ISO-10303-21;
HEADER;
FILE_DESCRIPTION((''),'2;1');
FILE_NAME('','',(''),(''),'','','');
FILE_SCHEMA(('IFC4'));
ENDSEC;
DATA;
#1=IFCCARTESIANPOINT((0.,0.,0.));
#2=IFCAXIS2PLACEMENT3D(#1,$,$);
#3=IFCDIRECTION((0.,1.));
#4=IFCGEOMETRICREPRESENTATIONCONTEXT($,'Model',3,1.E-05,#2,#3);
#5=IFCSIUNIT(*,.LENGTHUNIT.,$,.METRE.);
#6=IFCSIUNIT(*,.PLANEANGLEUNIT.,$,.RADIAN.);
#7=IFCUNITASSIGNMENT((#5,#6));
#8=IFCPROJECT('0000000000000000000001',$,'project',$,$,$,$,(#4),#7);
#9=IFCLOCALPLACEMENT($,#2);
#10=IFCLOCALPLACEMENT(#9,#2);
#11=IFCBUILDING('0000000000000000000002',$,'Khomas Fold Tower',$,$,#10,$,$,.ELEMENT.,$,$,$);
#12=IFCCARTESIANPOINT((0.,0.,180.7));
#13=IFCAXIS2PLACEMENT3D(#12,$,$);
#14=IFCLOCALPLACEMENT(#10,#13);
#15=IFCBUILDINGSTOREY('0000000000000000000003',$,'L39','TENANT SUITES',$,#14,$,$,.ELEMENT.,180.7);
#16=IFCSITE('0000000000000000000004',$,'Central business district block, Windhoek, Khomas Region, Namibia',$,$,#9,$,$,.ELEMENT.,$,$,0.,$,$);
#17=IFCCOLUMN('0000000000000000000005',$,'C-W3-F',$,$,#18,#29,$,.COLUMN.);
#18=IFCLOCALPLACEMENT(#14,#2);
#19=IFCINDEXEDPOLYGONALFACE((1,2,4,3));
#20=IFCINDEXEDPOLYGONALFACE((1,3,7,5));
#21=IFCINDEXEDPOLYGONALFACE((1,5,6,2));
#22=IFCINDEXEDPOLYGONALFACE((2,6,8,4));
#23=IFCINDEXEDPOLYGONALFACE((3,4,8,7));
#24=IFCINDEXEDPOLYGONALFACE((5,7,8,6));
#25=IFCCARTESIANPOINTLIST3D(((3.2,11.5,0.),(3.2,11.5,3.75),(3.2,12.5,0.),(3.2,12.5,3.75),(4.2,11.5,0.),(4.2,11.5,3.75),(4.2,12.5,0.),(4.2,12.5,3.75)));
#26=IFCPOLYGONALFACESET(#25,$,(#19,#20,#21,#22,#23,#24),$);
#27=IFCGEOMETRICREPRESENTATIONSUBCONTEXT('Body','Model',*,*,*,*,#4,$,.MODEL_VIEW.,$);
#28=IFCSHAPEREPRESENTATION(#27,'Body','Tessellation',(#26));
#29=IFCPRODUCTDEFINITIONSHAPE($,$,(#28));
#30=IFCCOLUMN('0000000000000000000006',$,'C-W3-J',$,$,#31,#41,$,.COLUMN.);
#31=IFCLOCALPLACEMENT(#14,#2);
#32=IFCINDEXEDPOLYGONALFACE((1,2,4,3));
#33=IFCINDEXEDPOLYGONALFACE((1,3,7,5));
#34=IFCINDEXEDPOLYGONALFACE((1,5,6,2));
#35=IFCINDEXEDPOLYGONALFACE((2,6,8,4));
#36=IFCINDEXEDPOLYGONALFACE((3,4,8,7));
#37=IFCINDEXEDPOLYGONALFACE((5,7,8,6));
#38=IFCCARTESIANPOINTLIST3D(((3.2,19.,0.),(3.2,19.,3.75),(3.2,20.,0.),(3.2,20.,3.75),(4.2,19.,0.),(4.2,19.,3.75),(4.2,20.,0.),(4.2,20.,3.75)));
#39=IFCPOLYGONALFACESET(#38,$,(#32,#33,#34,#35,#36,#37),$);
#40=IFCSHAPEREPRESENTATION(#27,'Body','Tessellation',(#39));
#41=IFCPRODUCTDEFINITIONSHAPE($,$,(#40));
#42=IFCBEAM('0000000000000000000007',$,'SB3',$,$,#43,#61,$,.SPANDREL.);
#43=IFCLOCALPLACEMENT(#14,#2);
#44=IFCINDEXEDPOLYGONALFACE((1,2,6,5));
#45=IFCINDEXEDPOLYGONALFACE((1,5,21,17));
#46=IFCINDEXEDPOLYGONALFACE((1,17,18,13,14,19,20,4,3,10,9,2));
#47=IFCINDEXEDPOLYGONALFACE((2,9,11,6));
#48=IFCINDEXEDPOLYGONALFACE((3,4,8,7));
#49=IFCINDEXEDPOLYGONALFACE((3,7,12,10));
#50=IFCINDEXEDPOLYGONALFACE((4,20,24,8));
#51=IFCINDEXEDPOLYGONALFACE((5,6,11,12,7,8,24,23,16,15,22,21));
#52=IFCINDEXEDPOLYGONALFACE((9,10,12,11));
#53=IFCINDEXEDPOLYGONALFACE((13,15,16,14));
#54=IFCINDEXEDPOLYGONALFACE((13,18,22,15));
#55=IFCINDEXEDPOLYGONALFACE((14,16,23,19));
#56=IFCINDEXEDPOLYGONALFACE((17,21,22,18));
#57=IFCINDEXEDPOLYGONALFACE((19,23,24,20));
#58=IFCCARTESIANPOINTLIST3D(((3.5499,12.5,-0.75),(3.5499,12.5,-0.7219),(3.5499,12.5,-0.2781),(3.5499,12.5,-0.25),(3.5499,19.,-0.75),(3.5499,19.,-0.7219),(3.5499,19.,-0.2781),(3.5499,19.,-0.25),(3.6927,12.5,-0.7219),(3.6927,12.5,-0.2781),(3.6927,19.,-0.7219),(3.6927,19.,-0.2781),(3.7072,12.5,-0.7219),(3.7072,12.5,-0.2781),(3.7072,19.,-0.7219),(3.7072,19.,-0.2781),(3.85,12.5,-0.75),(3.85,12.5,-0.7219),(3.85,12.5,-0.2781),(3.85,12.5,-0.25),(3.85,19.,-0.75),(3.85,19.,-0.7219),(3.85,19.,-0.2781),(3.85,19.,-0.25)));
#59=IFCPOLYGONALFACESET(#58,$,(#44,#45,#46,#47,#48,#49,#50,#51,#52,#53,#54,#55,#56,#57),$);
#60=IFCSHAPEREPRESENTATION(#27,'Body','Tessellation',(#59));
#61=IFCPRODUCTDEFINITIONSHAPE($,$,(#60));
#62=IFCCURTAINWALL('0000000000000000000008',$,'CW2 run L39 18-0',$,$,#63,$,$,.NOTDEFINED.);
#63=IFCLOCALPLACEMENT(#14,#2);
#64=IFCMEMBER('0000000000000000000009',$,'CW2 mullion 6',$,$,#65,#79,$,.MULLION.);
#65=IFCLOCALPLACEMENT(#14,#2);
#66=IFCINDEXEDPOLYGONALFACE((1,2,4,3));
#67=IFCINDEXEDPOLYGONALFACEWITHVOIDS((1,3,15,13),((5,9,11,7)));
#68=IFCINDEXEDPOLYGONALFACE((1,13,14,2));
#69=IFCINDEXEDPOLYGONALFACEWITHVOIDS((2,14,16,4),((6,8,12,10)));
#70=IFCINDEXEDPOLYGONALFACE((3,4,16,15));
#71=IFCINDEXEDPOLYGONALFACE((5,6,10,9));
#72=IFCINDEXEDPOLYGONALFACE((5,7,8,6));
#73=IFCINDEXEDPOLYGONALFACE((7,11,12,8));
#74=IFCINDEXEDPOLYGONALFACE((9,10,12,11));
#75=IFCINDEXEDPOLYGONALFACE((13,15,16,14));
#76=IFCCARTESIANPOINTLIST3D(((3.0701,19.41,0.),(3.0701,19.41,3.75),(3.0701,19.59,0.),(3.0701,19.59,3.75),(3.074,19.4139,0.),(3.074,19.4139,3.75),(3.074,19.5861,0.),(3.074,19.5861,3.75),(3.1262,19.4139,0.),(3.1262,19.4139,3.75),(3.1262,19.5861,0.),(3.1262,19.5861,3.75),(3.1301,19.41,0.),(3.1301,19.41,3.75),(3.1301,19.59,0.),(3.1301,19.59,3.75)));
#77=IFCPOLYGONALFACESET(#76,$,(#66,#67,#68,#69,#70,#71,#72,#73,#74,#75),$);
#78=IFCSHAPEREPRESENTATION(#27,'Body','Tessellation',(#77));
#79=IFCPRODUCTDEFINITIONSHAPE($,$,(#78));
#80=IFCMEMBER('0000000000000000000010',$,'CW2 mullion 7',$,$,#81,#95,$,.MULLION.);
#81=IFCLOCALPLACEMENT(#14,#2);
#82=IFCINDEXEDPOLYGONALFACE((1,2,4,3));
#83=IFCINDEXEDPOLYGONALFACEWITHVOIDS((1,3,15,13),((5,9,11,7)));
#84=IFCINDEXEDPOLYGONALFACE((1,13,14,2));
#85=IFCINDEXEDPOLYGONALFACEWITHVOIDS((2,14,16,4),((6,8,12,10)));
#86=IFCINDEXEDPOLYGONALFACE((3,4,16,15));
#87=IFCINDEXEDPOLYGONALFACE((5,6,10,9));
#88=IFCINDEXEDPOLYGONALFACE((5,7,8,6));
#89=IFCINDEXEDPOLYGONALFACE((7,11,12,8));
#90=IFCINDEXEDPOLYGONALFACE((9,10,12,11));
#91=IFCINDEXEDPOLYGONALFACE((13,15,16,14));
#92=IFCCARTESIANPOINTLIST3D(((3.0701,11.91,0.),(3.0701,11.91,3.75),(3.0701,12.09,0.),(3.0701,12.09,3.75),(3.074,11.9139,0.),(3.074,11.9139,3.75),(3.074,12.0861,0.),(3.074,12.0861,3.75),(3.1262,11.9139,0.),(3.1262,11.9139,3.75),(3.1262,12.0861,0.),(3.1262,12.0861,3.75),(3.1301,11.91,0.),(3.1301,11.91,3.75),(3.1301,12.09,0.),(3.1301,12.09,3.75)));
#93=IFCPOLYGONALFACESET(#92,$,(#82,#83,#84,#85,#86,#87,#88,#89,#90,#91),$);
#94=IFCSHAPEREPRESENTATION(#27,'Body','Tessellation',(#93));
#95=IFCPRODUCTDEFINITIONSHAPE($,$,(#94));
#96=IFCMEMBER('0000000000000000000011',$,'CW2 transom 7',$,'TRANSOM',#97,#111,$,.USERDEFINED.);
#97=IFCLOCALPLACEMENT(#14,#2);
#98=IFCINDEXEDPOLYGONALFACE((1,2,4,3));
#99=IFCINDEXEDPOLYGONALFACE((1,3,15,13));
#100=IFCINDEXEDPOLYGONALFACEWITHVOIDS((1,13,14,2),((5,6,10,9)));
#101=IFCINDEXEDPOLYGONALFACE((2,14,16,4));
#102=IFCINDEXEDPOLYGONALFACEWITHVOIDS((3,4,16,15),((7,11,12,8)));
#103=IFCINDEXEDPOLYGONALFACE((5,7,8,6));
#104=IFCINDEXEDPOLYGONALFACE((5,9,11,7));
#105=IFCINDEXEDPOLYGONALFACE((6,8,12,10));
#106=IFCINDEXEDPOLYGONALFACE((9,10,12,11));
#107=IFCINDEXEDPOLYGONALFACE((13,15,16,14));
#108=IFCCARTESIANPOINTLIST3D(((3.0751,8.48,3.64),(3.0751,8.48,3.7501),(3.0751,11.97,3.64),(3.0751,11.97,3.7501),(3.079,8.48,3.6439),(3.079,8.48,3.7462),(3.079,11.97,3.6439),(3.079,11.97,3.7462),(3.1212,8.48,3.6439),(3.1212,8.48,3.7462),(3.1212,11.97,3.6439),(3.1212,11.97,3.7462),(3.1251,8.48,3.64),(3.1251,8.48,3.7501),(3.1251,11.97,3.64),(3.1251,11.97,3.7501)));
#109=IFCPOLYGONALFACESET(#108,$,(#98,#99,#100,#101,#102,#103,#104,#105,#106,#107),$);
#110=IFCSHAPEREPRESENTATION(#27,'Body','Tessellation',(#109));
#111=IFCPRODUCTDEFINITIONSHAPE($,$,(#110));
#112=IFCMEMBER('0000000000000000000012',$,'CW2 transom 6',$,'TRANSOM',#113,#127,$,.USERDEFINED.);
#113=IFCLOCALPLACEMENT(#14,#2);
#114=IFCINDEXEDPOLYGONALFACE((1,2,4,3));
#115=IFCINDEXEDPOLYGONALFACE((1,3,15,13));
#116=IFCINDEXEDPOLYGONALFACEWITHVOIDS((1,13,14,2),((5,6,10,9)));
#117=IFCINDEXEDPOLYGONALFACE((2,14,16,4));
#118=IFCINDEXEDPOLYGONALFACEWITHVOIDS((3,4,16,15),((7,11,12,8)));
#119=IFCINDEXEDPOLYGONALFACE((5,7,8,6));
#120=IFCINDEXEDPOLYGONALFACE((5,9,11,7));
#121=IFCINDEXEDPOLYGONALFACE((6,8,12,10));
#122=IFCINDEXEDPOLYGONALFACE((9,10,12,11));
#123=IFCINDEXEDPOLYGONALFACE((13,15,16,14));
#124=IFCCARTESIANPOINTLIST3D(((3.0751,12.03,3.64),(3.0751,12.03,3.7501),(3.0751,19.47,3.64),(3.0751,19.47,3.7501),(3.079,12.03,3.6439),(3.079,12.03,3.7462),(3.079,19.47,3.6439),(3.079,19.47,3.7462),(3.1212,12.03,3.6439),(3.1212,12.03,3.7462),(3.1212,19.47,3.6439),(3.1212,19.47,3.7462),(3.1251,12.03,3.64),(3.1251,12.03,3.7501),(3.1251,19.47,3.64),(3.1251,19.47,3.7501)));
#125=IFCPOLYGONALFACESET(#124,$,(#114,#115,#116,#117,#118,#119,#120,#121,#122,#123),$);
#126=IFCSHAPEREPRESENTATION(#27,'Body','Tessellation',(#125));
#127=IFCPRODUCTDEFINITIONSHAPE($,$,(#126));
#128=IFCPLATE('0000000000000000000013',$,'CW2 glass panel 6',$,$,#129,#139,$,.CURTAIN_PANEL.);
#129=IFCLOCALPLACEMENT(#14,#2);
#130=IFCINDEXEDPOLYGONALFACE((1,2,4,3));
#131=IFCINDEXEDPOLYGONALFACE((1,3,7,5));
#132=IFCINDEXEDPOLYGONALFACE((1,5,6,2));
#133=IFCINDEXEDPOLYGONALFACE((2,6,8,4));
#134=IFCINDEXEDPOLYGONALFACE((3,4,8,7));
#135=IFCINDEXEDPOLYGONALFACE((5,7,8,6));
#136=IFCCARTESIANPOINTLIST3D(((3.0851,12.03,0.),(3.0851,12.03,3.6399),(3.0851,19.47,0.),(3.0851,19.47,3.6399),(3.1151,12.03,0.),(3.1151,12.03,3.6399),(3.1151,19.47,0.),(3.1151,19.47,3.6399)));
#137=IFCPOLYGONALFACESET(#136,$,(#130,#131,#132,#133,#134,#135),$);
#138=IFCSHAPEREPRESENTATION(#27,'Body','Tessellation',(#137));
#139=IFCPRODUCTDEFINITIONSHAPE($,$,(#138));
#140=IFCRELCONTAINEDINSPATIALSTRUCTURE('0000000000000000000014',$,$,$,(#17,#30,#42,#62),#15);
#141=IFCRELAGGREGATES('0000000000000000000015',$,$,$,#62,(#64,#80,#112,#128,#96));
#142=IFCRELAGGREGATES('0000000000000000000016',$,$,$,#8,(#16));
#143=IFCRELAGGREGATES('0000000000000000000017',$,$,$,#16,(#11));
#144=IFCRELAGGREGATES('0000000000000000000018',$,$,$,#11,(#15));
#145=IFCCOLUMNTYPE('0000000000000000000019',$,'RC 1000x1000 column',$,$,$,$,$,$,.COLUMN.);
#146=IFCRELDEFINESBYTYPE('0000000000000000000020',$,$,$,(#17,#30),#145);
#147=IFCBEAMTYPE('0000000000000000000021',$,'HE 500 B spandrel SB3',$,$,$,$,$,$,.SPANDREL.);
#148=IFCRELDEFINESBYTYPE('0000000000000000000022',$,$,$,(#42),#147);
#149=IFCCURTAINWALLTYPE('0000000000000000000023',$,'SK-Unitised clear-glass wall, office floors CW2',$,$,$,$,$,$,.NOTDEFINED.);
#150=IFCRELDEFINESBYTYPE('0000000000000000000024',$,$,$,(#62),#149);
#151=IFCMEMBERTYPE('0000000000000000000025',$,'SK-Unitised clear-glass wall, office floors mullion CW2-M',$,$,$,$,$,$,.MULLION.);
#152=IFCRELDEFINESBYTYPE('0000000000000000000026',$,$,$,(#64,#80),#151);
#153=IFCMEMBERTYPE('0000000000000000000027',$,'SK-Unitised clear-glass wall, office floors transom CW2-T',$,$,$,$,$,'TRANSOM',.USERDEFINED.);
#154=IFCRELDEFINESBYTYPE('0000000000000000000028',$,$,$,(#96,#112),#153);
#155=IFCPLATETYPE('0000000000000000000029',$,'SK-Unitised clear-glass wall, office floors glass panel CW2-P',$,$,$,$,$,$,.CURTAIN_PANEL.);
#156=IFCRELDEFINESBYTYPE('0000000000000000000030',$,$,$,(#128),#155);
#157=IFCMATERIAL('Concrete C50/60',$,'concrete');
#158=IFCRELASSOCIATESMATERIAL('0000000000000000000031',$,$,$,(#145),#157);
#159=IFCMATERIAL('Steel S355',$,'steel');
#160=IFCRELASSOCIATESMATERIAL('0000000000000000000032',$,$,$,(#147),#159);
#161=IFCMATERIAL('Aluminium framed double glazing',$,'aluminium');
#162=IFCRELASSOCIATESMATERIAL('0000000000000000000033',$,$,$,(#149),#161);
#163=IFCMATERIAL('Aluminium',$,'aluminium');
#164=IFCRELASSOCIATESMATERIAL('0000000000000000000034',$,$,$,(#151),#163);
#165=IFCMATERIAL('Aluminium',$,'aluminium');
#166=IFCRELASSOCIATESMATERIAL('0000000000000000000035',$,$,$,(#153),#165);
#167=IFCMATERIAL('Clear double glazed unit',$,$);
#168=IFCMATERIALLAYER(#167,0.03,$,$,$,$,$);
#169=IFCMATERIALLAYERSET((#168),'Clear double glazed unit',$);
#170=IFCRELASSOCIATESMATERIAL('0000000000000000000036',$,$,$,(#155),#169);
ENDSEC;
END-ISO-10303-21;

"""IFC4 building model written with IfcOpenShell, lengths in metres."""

from ifc_helpers import new_model, si_unit, direction, frame, origin, origin_2d, place, context, subcontext, project, spatial, rectangle, hollow_rectangle, i_section, extrude, source, transform, mapped, material, layer, layer_set, material_profile, profile_set, type_object, element, aggregate, save


model = new_model("IFC4")

# Units and contexts
model_context = context("Model", 3, precision=1e-05, world=origin(), true_north=direction((0.0, 1.0)))
body_context = subcontext(model_context, "Body", "Model", "MODEL_VIEW")
ifc_project = project(units=[si_unit("LENGTHUNIT", "METRE"), si_unit("PLANEANGLEUNIT", "RADIAN")], contexts=[model_context])

# Site, building, storey
site_placement = place(None, origin())
site = spatial("IfcSite", under=ifc_project, at=site_placement, Name="Central business district block, Windhoek, Khomas Region, Namibia", CompositionType="ELEMENT", RefElevation=0.0)
building_placement = place(site_placement, origin())
building = spatial("IfcBuilding", under=site, at=building_placement, Name="Khomas Fold Tower", CompositionType="ELEMENT")
storey_placement = place(building_placement, frame((0.0, 0.0, 180.7)))
storey = spatial("IfcBuildingStorey", under=building, at=storey_placement, Name="L39", Description="TENANT SUITES", CompositionType="ELEMENT", Elevation=180.7)

# Columns
ifc_material_1 = material(Name="Concrete C50/60", Category="concrete")
ifc_material_profile_1 = material_profile(ifc_material_1, rectangle(XDim=1.0, YDim=1.0, at=origin_2d()), Name="RC 1000x1000")
ifc_profile_set_1 = profile_set([ifc_material_profile_1], Name="Concrete C50/60")
column_type = type_object("IfcColumnType", Name="RC 1000x1000 column", PredefinedType="COLUMN", material=ifc_profile_set_1)
shared_shape_1 = source(origin(), body_context, "Body", "SweptSolid", [
    extrude(rectangle(XDim=1.0, YDim=1.0, at=origin_2d()), origin(), (0.0, 0.0, 1.0), 3.75),
])
for number, where, z_axis, x_axis, name in (
    (1, (3.7, 12.0, 0.0), (0.0, 0.0, 1.0), (1.0, 0.0, 0.0), "C-W3-F"),
    (2, (3.7, 19.5, 0.0), (0.0, 0.0, 1.0), (1.0, 0.0, 0.0), "C-W3-J"),
):
    element("IfcColumn", number, at=place(storey_placement, frame(where, z_axis=z_axis, x_axis=x_axis)), inside=storey, type_object=column_type, Name=name, PredefinedType="COLUMN", context=body_context, shape_type="MappedRepresentation", body=[
        mapped(shared_shape_1, transform((0.0, 0.0, 0.0))),
    ])

# Beam
ifc_material_2 = material(Name="Steel S355", Category="steel")
ifc_material_profile_2 = material_profile(ifc_material_2, i_section(OverallWidth=0.3, OverallDepth=0.5, WebThickness=0.0144, FlangeThickness=0.0281, at=origin_2d()), Name="HE 500 B")
ifc_profile_set_2 = profile_set([ifc_material_profile_2], Name="Steel S355")
beam_type = type_object("IfcBeamType", Name="HE 500 B spandrel SB3", PredefinedType="SPANDREL", material=ifc_profile_set_2)
shared_shape_2 = source(origin(), body_context, "Body", "SweptSolid", [
    extrude(i_section(OverallWidth=0.3, OverallDepth=0.5, WebThickness=0.0144, FlangeThickness=0.0281, at=origin_2d()), origin(), (0.0, 0.0, 1.0), 6.5),
])
beam_placement = place(storey_placement, frame((3.7, 12.5, -0.5), z_axis=(0.0, 1.0, 0.0), x_axis=(-1.0, 0.0, 0.0)))
element("IfcBeam", 3, at=beam_placement, inside=storey, type_object=beam_type, Name="SB3", PredefinedType="SPANDREL", context=body_context, shape_type="MappedRepresentation", body=[
    mapped(shared_shape_2, transform((0.0, 0.0, 0.0))),
])

# Curtain wall, members, plate
ifc_material_3 = material(Name="Aluminium framed double glazing", Category="aluminium")
curtain_wall_type = type_object("IfcCurtainWallType", Name="SK-Unitised clear-glass wall, office floors CW2", PredefinedType="NOTDEFINED", material=ifc_material_3)
curtain_wall_placement = place(storey_placement, origin())
curtain_wall = element("IfcCurtainWall", 4, at=curtain_wall_placement, inside=storey, type_object=curtain_wall_type, Name="CW2 run L39 18-0", PredefinedType="NOTDEFINED")
ifc_material_4 = material(Name="Aluminium", Category="aluminium")
ifc_material_profile_3 = material_profile(ifc_material_4, hollow_rectangle(XDim=0.0601, YDim=0.1799, WallThickness=0.0039, at=origin_2d()), Name="SK-Unitised clear-glass wall, office floors mullion CW2-M")
ifc_profile_set_3 = profile_set([ifc_material_profile_3], Name="Aluminium")
member_type_1 = type_object("IfcMemberType", Name="SK-Unitised clear-glass wall, office floors mullion CW2-M", PredefinedType="MULLION", material=ifc_profile_set_3)
shared_shape_3 = source(origin(), body_context, "Body", "SweptSolid", [
    extrude(hollow_rectangle(XDim=0.0601, YDim=0.1799, WallThickness=0.0039, at=origin_2d()), origin(), (0.0, 0.0, 1.0), 3.75),
])
member_1_placement = place(storey_placement, frame((3.1001, 19.5, 0.0), z_axis=(0.0, 0.0, 1.0), x_axis=(1.0, 0.0, 0.0)))
member_1 = element("IfcMember", 5, at=member_1_placement, type_object=member_type_1, Name="CW2 mullion 6", PredefinedType="MULLION", context=body_context, shape_type="MappedRepresentation", body=[
    mapped(shared_shape_3, transform((0.0, 0.0, 0.0))),
])
member_2_placement = place(storey_placement, frame((3.1001, 12.0, 0.0), z_axis=(0.0, 0.0, 1.0), x_axis=(1.0, 0.0, 0.0)))
member_2 = element("IfcMember", 6, at=member_2_placement, type_object=member_type_1, Name="CW2 mullion 7", PredefinedType="MULLION", context=body_context, shape_type="MappedRepresentation", body=[
    mapped(shared_shape_3, transform((0.0, 0.0, 0.0))),
])
ifc_material_5 = material(Name="Aluminium", Category="aluminium")
ifc_material_profile_4 = material_profile(ifc_material_5, hollow_rectangle(XDim=0.05, YDim=0.1101, WallThickness=0.0039, at=origin_2d()), Name="SK-Unitised clear-glass wall, office floors transom CW2-T")
ifc_profile_set_4 = profile_set([ifc_material_profile_4], Name="Aluminium")
member_type_2 = type_object("IfcMemberType", Name="SK-Unitised clear-glass wall, office floors transom CW2-T", ElementType="TRANSOM", PredefinedType="USERDEFINED", material=ifc_profile_set_4)
shared_shape_4 = source(origin(), body_context, "Body", "SweptSolid", [
    extrude(hollow_rectangle(XDim=0.05, YDim=0.1101, WallThickness=0.0039, at=origin_2d()), origin(), (0.0, 0.0, 1.0), 3.49),
])
member_3_placement = place(storey_placement, frame((3.1001, 11.97, 3.6951), z_axis=(0.0, -1.0, 0.0), x_axis=(1.0, 0.0, 0.0)))
member_3 = element("IfcMember", 7, at=member_3_placement, type_object=member_type_2, Name="CW2 transom 7", ObjectType="TRANSOM", PredefinedType="USERDEFINED", context=body_context, shape_type="MappedRepresentation", body=[
    mapped(shared_shape_4, transform((0.0, 0.0, 0.0))),
])
shared_shape_5 = source(origin(), body_context, "Body", "SweptSolid", [
    extrude(hollow_rectangle(XDim=0.05, YDim=0.1101, WallThickness=0.0039, at=origin_2d()), origin(), (0.0, 0.0, 1.0), 7.4399),
])
member_4_placement = place(storey_placement, frame((3.1001, 19.47, 3.6951), z_axis=(0.0, -1.0, 0.0), x_axis=(1.0, 0.0, 0.0)))
member_4 = element("IfcMember", 8, at=member_4_placement, type_object=member_type_2, Name="CW2 transom 6", ObjectType="TRANSOM", PredefinedType="USERDEFINED", context=body_context, shape_type="MappedRepresentation", body=[
    mapped(shared_shape_5, transform((0.0, 0.0, 0.0))),
])
ifc_material_6 = material(Name="Clear double glazed unit")
ifc_layer_1 = layer(ifc_material_6, 0.03)
ifc_layer_set_1 = layer_set([ifc_layer_1], Name="Clear double glazed unit")
plate_type = type_object("IfcPlateType", Name="SK-Unitised clear-glass wall, office floors glass panel CW2-P", PredefinedType="CURTAIN_PANEL", material=ifc_layer_set_1)
shared_shape_6 = source(origin(), body_context, "Body", "SweptSolid", [
    extrude(rectangle(XDim=7.4399, YDim=0.03, at=origin_2d()), origin(), (0.0, 0.0, 1.0), 3.6399),
])
plate_placement = place(storey_placement, frame((3.1001, 15.75, 0.0), z_axis=(0.0, 0.0, 1.0), x_axis=(0.0, -1.0, 0.0)))
plate = element("IfcPlate", 9, at=plate_placement, type_object=plate_type, Name="CW2 glass panel 6", PredefinedType="CURTAIN_PANEL", context=body_context, shape_type="MappedRepresentation", body=[
    mapped(shared_shape_6, transform((0.0, 0.0, 0.0))),
])
aggregate(curtain_wall, [member_1, member_2, member_4, plate, member_3])

save(model, "model.ifc")
